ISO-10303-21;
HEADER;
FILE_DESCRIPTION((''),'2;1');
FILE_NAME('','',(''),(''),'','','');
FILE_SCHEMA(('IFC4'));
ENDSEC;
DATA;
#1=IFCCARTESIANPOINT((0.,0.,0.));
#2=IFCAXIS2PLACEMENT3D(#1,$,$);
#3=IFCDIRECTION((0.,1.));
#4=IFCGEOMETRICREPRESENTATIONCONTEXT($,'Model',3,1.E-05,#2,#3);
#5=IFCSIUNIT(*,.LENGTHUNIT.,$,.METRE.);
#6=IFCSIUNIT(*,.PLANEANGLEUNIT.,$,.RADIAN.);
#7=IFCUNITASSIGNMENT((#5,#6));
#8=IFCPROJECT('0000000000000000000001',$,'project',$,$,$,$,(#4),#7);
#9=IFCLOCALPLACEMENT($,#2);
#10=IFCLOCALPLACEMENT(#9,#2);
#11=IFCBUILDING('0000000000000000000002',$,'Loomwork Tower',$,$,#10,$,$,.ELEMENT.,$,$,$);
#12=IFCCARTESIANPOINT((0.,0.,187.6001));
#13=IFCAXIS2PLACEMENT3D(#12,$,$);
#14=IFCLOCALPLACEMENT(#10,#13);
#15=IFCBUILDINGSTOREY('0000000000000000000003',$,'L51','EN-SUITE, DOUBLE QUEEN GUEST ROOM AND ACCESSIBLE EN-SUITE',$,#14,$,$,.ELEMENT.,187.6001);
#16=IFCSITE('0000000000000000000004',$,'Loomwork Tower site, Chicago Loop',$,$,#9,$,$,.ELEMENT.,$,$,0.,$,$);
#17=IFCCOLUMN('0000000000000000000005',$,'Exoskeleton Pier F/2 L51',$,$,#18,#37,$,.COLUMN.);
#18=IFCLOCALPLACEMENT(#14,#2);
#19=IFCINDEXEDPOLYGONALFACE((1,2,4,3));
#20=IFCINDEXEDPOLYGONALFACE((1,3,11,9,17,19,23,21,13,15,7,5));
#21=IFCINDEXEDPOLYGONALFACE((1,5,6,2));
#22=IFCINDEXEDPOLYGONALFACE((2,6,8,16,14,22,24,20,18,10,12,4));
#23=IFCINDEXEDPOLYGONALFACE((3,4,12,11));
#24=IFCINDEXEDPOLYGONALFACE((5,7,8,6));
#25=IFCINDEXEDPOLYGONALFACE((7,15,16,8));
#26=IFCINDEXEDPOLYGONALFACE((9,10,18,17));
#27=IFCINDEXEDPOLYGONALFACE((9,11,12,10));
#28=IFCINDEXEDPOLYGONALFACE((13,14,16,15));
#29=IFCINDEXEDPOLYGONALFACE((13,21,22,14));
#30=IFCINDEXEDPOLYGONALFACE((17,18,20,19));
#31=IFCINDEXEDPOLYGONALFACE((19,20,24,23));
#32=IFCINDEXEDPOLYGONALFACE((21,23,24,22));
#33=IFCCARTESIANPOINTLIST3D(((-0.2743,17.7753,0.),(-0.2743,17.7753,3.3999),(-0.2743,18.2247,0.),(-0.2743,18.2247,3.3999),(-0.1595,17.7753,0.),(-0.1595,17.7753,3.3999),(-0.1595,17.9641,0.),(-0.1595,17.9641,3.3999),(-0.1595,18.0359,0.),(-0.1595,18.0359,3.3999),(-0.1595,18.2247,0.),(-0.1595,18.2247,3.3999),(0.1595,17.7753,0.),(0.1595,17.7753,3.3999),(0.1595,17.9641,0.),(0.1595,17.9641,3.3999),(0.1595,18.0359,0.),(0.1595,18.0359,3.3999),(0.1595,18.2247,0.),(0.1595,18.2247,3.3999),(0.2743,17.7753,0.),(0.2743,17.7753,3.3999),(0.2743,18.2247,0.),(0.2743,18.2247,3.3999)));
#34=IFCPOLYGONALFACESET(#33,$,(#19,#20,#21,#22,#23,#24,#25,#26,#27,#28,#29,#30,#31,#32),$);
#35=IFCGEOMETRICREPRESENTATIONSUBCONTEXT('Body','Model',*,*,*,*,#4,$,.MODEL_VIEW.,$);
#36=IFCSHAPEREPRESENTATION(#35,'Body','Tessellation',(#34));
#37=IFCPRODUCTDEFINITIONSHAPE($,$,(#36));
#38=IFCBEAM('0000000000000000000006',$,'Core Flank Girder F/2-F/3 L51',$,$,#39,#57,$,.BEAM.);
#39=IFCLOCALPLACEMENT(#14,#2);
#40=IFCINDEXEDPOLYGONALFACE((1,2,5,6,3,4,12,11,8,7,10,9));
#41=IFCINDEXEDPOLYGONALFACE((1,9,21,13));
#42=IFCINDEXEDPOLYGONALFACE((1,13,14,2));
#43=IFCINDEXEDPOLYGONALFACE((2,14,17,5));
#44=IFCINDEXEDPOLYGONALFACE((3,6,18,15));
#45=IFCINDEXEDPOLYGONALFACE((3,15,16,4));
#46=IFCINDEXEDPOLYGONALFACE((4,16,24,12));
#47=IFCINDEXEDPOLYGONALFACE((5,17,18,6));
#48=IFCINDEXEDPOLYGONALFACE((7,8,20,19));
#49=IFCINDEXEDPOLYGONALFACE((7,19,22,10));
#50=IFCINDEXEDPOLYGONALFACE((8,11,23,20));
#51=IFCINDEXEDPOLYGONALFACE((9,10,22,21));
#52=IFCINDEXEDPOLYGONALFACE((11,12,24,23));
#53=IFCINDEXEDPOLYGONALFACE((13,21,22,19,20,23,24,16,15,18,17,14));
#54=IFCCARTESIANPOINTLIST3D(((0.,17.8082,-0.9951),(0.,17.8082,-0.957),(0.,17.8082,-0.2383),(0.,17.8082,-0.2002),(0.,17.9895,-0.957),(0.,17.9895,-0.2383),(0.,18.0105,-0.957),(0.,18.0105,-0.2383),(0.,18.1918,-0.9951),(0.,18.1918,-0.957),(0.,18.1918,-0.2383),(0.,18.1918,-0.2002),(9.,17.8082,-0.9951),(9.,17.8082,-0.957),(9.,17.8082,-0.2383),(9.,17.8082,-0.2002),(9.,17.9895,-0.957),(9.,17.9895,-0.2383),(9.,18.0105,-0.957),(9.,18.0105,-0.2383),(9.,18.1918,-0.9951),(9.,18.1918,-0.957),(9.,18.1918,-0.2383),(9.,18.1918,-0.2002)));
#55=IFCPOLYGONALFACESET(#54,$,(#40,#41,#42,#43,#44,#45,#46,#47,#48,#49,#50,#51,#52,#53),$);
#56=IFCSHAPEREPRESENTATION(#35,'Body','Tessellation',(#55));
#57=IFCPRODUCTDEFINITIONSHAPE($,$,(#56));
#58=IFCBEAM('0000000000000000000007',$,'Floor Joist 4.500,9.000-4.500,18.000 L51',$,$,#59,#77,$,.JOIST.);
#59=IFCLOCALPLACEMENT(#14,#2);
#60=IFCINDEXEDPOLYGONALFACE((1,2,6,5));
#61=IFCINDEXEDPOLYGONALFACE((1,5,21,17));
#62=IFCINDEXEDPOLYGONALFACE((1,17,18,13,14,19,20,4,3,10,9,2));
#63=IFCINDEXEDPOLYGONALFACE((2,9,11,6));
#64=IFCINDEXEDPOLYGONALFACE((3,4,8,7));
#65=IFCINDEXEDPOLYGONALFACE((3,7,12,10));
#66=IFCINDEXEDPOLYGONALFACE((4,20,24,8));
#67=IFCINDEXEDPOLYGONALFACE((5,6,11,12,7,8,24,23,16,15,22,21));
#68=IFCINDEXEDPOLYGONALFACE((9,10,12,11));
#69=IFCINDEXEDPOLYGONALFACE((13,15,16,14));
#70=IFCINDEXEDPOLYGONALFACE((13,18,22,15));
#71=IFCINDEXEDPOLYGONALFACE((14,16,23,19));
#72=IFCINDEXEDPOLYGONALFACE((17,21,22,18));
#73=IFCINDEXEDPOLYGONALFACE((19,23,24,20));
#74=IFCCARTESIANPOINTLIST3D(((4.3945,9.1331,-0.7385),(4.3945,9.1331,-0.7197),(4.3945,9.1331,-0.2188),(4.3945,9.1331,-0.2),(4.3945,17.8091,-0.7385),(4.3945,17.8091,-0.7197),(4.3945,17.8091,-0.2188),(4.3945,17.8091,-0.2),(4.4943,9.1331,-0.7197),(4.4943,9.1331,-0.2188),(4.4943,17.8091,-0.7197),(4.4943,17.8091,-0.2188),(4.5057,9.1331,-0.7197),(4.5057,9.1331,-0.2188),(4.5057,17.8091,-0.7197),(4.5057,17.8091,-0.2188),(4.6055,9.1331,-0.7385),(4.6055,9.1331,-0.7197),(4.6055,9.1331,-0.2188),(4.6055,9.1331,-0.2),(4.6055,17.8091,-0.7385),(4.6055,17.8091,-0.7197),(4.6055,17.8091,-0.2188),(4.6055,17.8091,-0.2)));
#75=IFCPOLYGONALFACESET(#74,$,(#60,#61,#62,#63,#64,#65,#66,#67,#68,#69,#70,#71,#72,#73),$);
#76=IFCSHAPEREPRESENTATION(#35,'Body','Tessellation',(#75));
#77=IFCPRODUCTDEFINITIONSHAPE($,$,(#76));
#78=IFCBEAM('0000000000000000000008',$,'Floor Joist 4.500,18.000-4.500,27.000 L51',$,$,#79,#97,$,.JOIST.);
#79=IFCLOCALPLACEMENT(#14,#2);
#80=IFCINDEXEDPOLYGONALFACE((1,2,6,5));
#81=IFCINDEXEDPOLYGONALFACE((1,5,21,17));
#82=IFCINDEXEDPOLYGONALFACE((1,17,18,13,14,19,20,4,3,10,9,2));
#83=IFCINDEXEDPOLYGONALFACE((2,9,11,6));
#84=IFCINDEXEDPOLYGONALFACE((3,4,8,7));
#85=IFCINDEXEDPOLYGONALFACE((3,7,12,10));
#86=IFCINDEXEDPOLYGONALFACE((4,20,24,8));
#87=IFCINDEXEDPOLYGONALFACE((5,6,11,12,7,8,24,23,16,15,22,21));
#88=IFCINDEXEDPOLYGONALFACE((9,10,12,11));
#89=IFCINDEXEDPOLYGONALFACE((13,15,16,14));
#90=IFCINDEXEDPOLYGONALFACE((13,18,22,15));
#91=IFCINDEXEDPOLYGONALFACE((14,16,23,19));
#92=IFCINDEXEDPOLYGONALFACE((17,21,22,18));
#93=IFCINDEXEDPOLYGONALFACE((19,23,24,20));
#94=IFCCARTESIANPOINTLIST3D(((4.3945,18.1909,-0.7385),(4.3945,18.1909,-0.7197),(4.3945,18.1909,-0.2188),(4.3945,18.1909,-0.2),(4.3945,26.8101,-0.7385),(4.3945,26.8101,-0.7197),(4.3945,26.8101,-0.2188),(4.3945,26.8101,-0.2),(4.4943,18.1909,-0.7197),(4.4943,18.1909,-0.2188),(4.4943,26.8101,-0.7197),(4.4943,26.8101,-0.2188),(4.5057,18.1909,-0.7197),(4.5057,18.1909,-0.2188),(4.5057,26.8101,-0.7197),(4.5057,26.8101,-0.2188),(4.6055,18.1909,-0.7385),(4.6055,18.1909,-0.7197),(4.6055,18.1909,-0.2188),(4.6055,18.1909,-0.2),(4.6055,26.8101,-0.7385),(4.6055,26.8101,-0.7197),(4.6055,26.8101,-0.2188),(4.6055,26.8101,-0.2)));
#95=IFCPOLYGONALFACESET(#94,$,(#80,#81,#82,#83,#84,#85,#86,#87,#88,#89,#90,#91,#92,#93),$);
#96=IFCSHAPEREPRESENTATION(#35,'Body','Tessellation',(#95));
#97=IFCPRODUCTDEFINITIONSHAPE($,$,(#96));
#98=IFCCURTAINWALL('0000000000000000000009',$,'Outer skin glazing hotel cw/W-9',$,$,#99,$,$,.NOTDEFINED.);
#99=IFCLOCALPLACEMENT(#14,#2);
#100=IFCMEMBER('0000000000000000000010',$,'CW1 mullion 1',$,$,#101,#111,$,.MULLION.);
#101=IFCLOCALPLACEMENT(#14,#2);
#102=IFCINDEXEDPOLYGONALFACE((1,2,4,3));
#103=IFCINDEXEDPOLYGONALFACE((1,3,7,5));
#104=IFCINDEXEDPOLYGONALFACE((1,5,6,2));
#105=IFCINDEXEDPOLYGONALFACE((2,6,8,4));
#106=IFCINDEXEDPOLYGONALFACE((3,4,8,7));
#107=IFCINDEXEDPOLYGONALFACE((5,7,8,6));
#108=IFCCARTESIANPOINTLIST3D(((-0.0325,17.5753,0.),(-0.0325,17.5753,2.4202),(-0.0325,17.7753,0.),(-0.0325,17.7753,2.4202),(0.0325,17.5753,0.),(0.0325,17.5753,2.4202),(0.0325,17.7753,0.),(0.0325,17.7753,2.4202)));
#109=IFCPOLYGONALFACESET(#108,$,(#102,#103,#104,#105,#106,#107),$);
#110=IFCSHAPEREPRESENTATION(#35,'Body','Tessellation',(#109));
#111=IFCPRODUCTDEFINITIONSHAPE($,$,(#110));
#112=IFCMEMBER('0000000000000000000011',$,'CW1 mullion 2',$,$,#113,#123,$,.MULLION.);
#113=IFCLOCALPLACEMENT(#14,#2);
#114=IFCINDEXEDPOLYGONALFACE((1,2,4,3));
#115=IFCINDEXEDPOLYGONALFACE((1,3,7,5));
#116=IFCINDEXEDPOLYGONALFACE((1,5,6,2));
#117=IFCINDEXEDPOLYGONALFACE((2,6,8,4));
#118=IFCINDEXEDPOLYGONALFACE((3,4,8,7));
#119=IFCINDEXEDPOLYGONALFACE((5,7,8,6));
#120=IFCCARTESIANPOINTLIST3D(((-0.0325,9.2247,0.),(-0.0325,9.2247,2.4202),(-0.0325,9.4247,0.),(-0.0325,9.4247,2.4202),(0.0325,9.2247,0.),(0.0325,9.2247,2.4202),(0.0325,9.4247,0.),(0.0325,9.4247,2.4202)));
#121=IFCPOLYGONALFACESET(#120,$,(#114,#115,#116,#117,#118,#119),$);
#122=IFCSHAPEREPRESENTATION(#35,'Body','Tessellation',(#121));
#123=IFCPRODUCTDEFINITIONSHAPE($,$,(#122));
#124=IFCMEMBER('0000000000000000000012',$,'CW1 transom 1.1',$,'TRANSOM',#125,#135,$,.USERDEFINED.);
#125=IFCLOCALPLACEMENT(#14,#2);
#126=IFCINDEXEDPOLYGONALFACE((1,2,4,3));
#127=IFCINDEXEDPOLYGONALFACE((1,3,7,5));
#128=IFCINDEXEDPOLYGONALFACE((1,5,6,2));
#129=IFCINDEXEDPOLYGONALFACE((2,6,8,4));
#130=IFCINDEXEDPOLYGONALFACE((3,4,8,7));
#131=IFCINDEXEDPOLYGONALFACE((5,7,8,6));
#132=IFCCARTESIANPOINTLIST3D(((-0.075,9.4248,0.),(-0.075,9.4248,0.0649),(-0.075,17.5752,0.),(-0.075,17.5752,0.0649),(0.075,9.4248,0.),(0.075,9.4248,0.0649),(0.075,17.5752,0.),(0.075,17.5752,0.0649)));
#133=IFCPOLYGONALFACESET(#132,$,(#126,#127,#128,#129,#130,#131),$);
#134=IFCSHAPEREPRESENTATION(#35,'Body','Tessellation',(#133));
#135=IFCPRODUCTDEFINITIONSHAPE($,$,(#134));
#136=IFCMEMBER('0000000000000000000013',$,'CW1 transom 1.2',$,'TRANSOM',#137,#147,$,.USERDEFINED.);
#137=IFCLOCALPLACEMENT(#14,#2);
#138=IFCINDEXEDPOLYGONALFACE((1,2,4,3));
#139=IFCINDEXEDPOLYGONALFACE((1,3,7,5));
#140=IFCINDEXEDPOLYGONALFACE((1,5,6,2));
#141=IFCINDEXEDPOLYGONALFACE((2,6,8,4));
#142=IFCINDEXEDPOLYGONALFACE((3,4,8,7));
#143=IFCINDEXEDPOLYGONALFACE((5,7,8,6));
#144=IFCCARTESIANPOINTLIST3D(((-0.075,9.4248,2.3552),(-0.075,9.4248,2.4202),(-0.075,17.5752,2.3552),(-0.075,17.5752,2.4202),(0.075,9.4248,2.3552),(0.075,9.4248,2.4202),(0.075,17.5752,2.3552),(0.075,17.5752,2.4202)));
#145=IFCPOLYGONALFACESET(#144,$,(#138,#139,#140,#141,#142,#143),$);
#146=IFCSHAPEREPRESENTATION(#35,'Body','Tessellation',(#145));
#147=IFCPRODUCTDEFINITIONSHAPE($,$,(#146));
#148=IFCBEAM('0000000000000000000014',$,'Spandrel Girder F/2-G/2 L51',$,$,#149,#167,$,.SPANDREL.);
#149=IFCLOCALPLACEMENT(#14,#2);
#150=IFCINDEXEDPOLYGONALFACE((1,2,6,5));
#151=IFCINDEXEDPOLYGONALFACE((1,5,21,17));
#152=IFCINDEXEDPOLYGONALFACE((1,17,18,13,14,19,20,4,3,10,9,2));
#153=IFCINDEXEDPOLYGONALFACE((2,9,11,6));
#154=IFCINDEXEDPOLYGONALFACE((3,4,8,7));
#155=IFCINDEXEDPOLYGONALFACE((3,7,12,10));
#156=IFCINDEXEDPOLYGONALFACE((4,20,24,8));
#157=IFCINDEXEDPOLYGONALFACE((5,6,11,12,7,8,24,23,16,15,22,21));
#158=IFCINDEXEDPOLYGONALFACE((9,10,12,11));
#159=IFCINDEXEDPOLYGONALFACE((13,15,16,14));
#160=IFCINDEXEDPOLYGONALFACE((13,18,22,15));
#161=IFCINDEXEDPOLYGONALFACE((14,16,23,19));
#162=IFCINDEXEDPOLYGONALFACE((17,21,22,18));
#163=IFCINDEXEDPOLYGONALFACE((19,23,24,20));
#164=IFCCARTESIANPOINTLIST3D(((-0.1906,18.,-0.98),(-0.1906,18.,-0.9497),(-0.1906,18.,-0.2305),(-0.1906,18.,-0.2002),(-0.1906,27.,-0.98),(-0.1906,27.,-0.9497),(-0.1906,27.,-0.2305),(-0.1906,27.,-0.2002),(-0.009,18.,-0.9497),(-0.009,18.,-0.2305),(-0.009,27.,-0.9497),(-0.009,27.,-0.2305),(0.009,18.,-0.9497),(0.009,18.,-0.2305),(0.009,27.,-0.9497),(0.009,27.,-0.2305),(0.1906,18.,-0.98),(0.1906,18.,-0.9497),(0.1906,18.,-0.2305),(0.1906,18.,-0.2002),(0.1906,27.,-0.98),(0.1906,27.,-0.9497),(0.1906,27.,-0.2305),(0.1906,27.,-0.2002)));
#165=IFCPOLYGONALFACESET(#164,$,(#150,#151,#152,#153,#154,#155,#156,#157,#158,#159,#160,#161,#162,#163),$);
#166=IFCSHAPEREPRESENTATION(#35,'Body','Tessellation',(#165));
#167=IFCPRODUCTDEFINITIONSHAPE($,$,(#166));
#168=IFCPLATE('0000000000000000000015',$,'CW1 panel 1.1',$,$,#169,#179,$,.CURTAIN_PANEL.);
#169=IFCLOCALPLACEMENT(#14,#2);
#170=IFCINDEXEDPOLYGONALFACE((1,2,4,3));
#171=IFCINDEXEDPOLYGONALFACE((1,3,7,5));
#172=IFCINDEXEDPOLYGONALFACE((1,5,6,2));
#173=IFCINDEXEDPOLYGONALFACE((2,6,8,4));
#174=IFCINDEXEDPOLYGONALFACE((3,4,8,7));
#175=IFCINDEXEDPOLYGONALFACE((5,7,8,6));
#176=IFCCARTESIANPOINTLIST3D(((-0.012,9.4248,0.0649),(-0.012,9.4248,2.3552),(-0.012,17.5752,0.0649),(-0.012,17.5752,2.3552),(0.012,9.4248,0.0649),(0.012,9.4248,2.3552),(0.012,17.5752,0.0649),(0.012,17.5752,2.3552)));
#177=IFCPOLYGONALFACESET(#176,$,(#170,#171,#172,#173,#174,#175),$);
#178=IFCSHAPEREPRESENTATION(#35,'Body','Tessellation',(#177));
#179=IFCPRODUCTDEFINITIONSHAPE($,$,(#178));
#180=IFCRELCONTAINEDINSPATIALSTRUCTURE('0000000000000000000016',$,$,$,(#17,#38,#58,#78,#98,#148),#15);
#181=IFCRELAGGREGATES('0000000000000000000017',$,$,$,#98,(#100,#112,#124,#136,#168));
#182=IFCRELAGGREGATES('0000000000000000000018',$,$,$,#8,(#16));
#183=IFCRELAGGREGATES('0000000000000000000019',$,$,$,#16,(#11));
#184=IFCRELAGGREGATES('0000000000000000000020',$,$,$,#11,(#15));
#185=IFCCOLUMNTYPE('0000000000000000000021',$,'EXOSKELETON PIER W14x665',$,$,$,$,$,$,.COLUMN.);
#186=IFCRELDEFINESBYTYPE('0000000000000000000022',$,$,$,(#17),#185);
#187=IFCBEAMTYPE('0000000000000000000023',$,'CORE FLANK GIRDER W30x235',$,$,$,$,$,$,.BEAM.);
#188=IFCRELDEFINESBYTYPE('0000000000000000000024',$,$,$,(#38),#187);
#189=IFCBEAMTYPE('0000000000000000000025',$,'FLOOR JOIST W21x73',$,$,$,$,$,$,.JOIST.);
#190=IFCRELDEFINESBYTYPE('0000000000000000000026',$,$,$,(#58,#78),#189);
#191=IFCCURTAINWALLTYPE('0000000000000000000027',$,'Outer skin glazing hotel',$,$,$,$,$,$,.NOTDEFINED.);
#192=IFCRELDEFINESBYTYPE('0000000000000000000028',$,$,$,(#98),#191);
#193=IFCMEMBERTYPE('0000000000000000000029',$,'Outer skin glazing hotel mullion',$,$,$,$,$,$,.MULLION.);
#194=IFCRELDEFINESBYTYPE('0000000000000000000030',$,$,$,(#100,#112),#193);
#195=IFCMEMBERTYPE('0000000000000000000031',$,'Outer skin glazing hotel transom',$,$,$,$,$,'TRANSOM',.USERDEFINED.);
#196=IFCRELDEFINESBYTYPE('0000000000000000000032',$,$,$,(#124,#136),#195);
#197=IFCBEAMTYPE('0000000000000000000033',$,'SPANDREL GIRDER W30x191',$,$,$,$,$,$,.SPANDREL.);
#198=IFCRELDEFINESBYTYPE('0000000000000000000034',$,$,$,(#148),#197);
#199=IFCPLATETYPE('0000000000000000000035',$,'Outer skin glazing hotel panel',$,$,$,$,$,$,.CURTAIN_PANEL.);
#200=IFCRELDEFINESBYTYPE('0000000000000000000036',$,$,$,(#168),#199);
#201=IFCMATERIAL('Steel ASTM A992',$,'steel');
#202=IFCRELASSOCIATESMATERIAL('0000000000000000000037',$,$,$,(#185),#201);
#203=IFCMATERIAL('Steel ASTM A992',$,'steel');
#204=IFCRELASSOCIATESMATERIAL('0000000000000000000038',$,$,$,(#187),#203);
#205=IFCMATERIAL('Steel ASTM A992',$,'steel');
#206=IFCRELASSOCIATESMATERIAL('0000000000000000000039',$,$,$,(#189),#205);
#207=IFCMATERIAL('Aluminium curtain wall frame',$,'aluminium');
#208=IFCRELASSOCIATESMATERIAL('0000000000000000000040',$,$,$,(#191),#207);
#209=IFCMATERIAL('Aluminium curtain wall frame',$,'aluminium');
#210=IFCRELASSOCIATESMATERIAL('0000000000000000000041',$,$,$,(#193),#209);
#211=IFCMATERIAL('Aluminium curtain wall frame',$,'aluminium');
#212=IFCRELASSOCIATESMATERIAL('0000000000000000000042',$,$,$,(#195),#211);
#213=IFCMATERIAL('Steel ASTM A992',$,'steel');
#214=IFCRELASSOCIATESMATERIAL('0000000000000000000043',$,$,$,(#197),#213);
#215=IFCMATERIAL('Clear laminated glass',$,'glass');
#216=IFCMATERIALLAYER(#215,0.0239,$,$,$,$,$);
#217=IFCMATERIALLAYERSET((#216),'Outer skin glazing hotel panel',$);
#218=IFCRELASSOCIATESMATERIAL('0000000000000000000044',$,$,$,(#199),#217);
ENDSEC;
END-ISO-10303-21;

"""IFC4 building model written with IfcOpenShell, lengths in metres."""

from ifc_helpers import new_model, si_unit, direction, frame, origin, origin_2d, place, context, subcontext, project, spatial, rectangle, i_section, extrude, material, layer, layer_set, material_profile, profile_set, type_object, element, aggregate, save


model = new_model("IFC4")

# Units and contexts
model_context = context("Model", 3, precision=1e-05, world=origin(), true_north=direction((0.0, 1.0)))
body_context = subcontext(model_context, "Body", "Model", "MODEL_VIEW")
ifc_project = project(units=[si_unit("LENGTHUNIT", "METRE"), si_unit("PLANEANGLEUNIT", "RADIAN")], contexts=[model_context])

# Site, building, storey
site_placement = place(None, origin())
site = spatial("IfcSite", under=ifc_project, at=site_placement, Name="Loomwork Tower site, Chicago Loop", CompositionType="ELEMENT", RefElevation=0.0)
building_placement = place(site_placement, origin())
building = spatial("IfcBuilding", under=site, at=building_placement, Name="Loomwork Tower", CompositionType="ELEMENT")
storey_placement = place(building_placement, frame((0.0, 0.0, 187.6001)))
storey = spatial("IfcBuildingStorey", under=building, at=storey_placement, Name="L51", Description="EN-SUITE, DOUBLE QUEEN GUEST ROOM AND ACCESSIBLE EN-SUITE", CompositionType="ELEMENT", Elevation=187.6001)

# Column
ifc_material_1 = material(Name="Steel ASTM A992", Category="steel")
ifc_material_profile_1 = material_profile(ifc_material_1, i_section(OverallWidth=0.4495, OverallDepth=0.5486, WebThickness=0.0718, FlangeThickness=0.1147, at=origin_2d()), Name="W14x665")
ifc_profile_set_1 = profile_set([ifc_material_profile_1], Name="Steel ASTM A992")
column_type = type_object("IfcColumnType", Name="EXOSKELETON PIER W14x665", PredefinedType="COLUMN", material=ifc_profile_set_1)
column_placement = place(storey_placement, frame((0.0, 18.0, 0.0), z_axis=(0.0, 0.0, 1.0), x_axis=(0.0, 1.0, 0.0)))
element("IfcColumn", 1, at=column_placement, inside=storey, type_object=column_type, Name="Exoskeleton Pier F/2 L51", PredefinedType="COLUMN", context=body_context, shape_type="SweptSolid", body=[
    extrude(i_section(OverallWidth=0.4495, OverallDepth=0.5486, WebThickness=0.0718, FlangeThickness=0.1147, at=origin_2d()), origin(), (0.0, 0.0, 1.0), 3.3999),
])

# Beams
ifc_material_2 = material(Name="Steel ASTM A992", Category="steel")
ifc_material_profile_2 = material_profile(ifc_material_2, i_section(OverallWidth=0.3835, OverallDepth=0.7949, WebThickness=0.021, FlangeThickness=0.0381, at=origin_2d()), Name="W30x235")
ifc_profile_set_2 = profile_set([ifc_material_profile_2], Name="Steel ASTM A992")
beam_type_1 = type_object("IfcBeamType", Name="CORE FLANK GIRDER W30x235", PredefinedType="BEAM", material=ifc_profile_set_2)
beam_1_placement = place(storey_placement, frame((0.0, 18.0, -0.5977), z_axis=(1.0, 0.0, 0.0), x_axis=(0.0, 1.0, 0.0)))
element("IfcBeam", 2, at=beam_1_placement, inside=storey, type_object=beam_type_1, Name="Core Flank Girder F/2-F/3 L51", PredefinedType="BEAM", context=body_context, shape_type="SweptSolid", body=[
    extrude(i_section(OverallWidth=0.3835, OverallDepth=0.7949, WebThickness=0.021, FlangeThickness=0.0381, at=origin_2d()), origin(), (0.0, 0.0, 1.0), 9.0),
])
ifc_material_3 = material(Name="Steel ASTM A992", Category="steel")
ifc_material_profile_3 = material_profile(ifc_material_3, i_section(OverallWidth=0.2109, OverallDepth=0.5386, WebThickness=0.0115, FlangeThickness=0.0188, at=origin_2d()), Name="W21x73")
ifc_profile_set_3 = profile_set([ifc_material_profile_3], Name="Steel ASTM A992")
beam_type_2 = type_object("IfcBeamType", Name="FLOOR JOIST W21x73", PredefinedType="JOIST", material=ifc_profile_set_3)
beam_2_placement = place(storey_placement, frame((4.5, 9.1331, -0.4692), z_axis=(0.0, 1.0, 0.0), x_axis=(-1.0, 0.0, 0.0)))
element("IfcBeam", 3, at=beam_2_placement, inside=storey, type_object=beam_type_2, Name="Floor Joist 4.500,9.000-4.500,18.000 L51", PredefinedType="JOIST", context=body_context, shape_type="SweptSolid", body=[
    extrude(i_section(OverallWidth=0.2109, OverallDepth=0.5386, WebThickness=0.0115, FlangeThickness=0.0188, at=origin_2d()), origin(), (0.0, 0.0, 1.0), 8.676),
])
beam_3_placement = place(storey_placement, frame((4.5, 18.1909, -0.4692), z_axis=(0.0, 1.0, 0.0), x_axis=(-1.0, 0.0, 0.0)))
element("IfcBeam", 4, at=beam_3_placement, inside=storey, type_object=beam_type_2, Name="Floor Joist 4.500,18.000-4.500,27.000 L51", PredefinedType="JOIST", context=body_context, shape_type="SweptSolid", body=[
    extrude(i_section(OverallWidth=0.2109, OverallDepth=0.5386, WebThickness=0.0115, FlangeThickness=0.0188, at=origin_2d()), origin(), (0.0, 0.0, 1.0), 8.6191),
])

# Curtain wall, members
ifc_material_4 = material(Name="Aluminium curtain wall frame", Category="aluminium")
curtain_wall_type = type_object("IfcCurtainWallType", Name="Outer skin glazing hotel", PredefinedType="NOTDEFINED", material=ifc_material_4)
curtain_wall_placement = place(storey_placement, origin())
curtain_wall = element("IfcCurtainWall", 5, at=curtain_wall_placement, inside=storey, type_object=curtain_wall_type, Name="Outer skin glazing hotel cw/W-9", PredefinedType="NOTDEFINED")
ifc_material_5 = material(Name="Aluminium curtain wall frame", Category="aluminium")
ifc_material_profile_4 = material_profile(ifc_material_5, rectangle(XDim=0.0649, YDim=0.2, at=origin_2d()), Name="AL 65x200")
ifc_profile_set_4 = profile_set([ifc_material_profile_4], Name="Aluminium curtain wall frame")
member_type_1 = type_object("IfcMemberType", Name="Outer skin glazing hotel mullion", PredefinedType="MULLION", material=ifc_profile_set_4)
member_1_placement = place(storey_placement, frame((0.0, 17.6753, 0.0), z_axis=(0.0, 0.0, 1.0), x_axis=(1.0, 0.0, 0.0)))
member_1 = element("IfcMember", 6, at=member_1_placement, type_object=member_type_1, Name="CW1 mullion 1", PredefinedType="MULLION", context=body_context, shape_type="SweptSolid", body=[
    extrude(rectangle(XDim=0.0649, YDim=0.2, at=origin_2d()), origin(), (0.0, 0.0, 1.0), 2.4202),
])
member_2_placement = place(storey_placement, frame((0.0, 9.3247, 0.0), z_axis=(0.0, 0.0, 1.0), x_axis=(1.0, 0.0, 0.0)))
member_2 = element("IfcMember", 7, at=member_2_placement, type_object=member_type_1, Name="CW1 mullion 2", PredefinedType="MULLION", context=body_context, shape_type="SweptSolid", body=[
    extrude(rectangle(XDim=0.0649, YDim=0.2, at=origin_2d()), origin(), (0.0, 0.0, 1.0), 2.4202),
])
ifc_material_6 = material(Name="Aluminium curtain wall frame", Category="aluminium")
ifc_material_profile_5 = material_profile(ifc_material_6, rectangle(XDim=0.1499, YDim=0.0649, at=origin_2d()), Name="AL 65x150")
ifc_profile_set_5 = profile_set([ifc_material_profile_5], Name="Aluminium curtain wall frame")
member_type_2 = type_object("IfcMemberType", Name="Outer skin glazing hotel transom", ElementType="TRANSOM", PredefinedType="USERDEFINED", material=ifc_profile_set_5)
member_3_placement = place(storey_placement, frame((0.0, 17.5752, 0.0325), z_axis=(0.0, -1.0, 0.0), x_axis=(1.0, 0.0, 0.0)))
member_3 = element("IfcMember", 8, at=member_3_placement, type_object=member_type_2, Name="CW1 transom 1.1", ObjectType="TRANSOM", PredefinedType="USERDEFINED", context=body_context, shape_type="SweptSolid", body=[
    extrude(rectangle(XDim=0.1499, YDim=0.0649, at=origin_2d()), origin(), (0.0, 0.0, 1.0), 8.1504),
])
member_4_placement = place(storey_placement, frame((0.0, 17.5752, 2.3877), z_axis=(0.0, -1.0, 0.0), x_axis=(1.0, 0.0, 0.0)))
member_4 = element("IfcMember", 9, at=member_4_placement, type_object=member_type_2, Name="CW1 transom 1.2", ObjectType="TRANSOM", PredefinedType="USERDEFINED", context=body_context, shape_type="SweptSolid", body=[
    extrude(rectangle(XDim=0.1499, YDim=0.0649, at=origin_2d()), origin(), (0.0, 0.0, 1.0), 8.1504),
])

# Beam
ifc_material_7 = material(Name="Steel ASTM A992", Category="steel")
ifc_material_profile_6 = material_profile(ifc_material_7, i_section(OverallWidth=0.3811, OverallDepth=0.7798, WebThickness=0.0181, FlangeThickness=0.0303, at=origin_2d()), Name="W30x191")
ifc_profile_set_6 = profile_set([ifc_material_profile_6], Name="Steel ASTM A992")
beam_type_3 = type_object("IfcBeamType", Name="SPANDREL GIRDER W30x191", PredefinedType="SPANDREL", material=ifc_profile_set_6)
beam_4_placement = place(storey_placement, frame((0.0, 18.0, -0.5901), z_axis=(0.0, 1.0, 0.0), x_axis=(-1.0, 0.0, 0.0)))
element("IfcBeam", 10, at=beam_4_placement, inside=storey, type_object=beam_type_3, Name="Spandrel Girder F/2-G/2 L51", PredefinedType="SPANDREL", context=body_context, shape_type="SweptSolid", body=[
    extrude(i_section(OverallWidth=0.3811, OverallDepth=0.7798, WebThickness=0.0181, FlangeThickness=0.0303, at=origin_2d()), origin(), (0.0, 0.0, 1.0), 9.0),
])

# Plate
ifc_material_8 = material(Name="Clear laminated glass", Category="glass")
ifc_layer_1 = layer(ifc_material_8, 0.0239)
ifc_layer_set_1 = layer_set([ifc_layer_1], Name="Outer skin glazing hotel panel")
plate_type = type_object("IfcPlateType", Name="Outer skin glazing hotel panel", PredefinedType="CURTAIN_PANEL", material=ifc_layer_set_1)
plate_placement = place(storey_placement, frame((0.0, 13.5, 0.0649), z_axis=(0.0, 0.0, 1.0), x_axis=(0.0, -1.0, 0.0)))
plate = element("IfcPlate", 11, at=plate_placement, type_object=plate_type, Name="CW1 panel 1.1", PredefinedType="CURTAIN_PANEL", context=body_context, shape_type="SweptSolid", body=[
    extrude(rectangle(XDim=8.1504, YDim=0.0239, at=origin_2d()), origin(), (0.0, 0.0, 1.0), 2.2903),
])
aggregate(curtain_wall, [member_1, member_2, member_3, member_4, plate])

save(model, "model.ifc")
